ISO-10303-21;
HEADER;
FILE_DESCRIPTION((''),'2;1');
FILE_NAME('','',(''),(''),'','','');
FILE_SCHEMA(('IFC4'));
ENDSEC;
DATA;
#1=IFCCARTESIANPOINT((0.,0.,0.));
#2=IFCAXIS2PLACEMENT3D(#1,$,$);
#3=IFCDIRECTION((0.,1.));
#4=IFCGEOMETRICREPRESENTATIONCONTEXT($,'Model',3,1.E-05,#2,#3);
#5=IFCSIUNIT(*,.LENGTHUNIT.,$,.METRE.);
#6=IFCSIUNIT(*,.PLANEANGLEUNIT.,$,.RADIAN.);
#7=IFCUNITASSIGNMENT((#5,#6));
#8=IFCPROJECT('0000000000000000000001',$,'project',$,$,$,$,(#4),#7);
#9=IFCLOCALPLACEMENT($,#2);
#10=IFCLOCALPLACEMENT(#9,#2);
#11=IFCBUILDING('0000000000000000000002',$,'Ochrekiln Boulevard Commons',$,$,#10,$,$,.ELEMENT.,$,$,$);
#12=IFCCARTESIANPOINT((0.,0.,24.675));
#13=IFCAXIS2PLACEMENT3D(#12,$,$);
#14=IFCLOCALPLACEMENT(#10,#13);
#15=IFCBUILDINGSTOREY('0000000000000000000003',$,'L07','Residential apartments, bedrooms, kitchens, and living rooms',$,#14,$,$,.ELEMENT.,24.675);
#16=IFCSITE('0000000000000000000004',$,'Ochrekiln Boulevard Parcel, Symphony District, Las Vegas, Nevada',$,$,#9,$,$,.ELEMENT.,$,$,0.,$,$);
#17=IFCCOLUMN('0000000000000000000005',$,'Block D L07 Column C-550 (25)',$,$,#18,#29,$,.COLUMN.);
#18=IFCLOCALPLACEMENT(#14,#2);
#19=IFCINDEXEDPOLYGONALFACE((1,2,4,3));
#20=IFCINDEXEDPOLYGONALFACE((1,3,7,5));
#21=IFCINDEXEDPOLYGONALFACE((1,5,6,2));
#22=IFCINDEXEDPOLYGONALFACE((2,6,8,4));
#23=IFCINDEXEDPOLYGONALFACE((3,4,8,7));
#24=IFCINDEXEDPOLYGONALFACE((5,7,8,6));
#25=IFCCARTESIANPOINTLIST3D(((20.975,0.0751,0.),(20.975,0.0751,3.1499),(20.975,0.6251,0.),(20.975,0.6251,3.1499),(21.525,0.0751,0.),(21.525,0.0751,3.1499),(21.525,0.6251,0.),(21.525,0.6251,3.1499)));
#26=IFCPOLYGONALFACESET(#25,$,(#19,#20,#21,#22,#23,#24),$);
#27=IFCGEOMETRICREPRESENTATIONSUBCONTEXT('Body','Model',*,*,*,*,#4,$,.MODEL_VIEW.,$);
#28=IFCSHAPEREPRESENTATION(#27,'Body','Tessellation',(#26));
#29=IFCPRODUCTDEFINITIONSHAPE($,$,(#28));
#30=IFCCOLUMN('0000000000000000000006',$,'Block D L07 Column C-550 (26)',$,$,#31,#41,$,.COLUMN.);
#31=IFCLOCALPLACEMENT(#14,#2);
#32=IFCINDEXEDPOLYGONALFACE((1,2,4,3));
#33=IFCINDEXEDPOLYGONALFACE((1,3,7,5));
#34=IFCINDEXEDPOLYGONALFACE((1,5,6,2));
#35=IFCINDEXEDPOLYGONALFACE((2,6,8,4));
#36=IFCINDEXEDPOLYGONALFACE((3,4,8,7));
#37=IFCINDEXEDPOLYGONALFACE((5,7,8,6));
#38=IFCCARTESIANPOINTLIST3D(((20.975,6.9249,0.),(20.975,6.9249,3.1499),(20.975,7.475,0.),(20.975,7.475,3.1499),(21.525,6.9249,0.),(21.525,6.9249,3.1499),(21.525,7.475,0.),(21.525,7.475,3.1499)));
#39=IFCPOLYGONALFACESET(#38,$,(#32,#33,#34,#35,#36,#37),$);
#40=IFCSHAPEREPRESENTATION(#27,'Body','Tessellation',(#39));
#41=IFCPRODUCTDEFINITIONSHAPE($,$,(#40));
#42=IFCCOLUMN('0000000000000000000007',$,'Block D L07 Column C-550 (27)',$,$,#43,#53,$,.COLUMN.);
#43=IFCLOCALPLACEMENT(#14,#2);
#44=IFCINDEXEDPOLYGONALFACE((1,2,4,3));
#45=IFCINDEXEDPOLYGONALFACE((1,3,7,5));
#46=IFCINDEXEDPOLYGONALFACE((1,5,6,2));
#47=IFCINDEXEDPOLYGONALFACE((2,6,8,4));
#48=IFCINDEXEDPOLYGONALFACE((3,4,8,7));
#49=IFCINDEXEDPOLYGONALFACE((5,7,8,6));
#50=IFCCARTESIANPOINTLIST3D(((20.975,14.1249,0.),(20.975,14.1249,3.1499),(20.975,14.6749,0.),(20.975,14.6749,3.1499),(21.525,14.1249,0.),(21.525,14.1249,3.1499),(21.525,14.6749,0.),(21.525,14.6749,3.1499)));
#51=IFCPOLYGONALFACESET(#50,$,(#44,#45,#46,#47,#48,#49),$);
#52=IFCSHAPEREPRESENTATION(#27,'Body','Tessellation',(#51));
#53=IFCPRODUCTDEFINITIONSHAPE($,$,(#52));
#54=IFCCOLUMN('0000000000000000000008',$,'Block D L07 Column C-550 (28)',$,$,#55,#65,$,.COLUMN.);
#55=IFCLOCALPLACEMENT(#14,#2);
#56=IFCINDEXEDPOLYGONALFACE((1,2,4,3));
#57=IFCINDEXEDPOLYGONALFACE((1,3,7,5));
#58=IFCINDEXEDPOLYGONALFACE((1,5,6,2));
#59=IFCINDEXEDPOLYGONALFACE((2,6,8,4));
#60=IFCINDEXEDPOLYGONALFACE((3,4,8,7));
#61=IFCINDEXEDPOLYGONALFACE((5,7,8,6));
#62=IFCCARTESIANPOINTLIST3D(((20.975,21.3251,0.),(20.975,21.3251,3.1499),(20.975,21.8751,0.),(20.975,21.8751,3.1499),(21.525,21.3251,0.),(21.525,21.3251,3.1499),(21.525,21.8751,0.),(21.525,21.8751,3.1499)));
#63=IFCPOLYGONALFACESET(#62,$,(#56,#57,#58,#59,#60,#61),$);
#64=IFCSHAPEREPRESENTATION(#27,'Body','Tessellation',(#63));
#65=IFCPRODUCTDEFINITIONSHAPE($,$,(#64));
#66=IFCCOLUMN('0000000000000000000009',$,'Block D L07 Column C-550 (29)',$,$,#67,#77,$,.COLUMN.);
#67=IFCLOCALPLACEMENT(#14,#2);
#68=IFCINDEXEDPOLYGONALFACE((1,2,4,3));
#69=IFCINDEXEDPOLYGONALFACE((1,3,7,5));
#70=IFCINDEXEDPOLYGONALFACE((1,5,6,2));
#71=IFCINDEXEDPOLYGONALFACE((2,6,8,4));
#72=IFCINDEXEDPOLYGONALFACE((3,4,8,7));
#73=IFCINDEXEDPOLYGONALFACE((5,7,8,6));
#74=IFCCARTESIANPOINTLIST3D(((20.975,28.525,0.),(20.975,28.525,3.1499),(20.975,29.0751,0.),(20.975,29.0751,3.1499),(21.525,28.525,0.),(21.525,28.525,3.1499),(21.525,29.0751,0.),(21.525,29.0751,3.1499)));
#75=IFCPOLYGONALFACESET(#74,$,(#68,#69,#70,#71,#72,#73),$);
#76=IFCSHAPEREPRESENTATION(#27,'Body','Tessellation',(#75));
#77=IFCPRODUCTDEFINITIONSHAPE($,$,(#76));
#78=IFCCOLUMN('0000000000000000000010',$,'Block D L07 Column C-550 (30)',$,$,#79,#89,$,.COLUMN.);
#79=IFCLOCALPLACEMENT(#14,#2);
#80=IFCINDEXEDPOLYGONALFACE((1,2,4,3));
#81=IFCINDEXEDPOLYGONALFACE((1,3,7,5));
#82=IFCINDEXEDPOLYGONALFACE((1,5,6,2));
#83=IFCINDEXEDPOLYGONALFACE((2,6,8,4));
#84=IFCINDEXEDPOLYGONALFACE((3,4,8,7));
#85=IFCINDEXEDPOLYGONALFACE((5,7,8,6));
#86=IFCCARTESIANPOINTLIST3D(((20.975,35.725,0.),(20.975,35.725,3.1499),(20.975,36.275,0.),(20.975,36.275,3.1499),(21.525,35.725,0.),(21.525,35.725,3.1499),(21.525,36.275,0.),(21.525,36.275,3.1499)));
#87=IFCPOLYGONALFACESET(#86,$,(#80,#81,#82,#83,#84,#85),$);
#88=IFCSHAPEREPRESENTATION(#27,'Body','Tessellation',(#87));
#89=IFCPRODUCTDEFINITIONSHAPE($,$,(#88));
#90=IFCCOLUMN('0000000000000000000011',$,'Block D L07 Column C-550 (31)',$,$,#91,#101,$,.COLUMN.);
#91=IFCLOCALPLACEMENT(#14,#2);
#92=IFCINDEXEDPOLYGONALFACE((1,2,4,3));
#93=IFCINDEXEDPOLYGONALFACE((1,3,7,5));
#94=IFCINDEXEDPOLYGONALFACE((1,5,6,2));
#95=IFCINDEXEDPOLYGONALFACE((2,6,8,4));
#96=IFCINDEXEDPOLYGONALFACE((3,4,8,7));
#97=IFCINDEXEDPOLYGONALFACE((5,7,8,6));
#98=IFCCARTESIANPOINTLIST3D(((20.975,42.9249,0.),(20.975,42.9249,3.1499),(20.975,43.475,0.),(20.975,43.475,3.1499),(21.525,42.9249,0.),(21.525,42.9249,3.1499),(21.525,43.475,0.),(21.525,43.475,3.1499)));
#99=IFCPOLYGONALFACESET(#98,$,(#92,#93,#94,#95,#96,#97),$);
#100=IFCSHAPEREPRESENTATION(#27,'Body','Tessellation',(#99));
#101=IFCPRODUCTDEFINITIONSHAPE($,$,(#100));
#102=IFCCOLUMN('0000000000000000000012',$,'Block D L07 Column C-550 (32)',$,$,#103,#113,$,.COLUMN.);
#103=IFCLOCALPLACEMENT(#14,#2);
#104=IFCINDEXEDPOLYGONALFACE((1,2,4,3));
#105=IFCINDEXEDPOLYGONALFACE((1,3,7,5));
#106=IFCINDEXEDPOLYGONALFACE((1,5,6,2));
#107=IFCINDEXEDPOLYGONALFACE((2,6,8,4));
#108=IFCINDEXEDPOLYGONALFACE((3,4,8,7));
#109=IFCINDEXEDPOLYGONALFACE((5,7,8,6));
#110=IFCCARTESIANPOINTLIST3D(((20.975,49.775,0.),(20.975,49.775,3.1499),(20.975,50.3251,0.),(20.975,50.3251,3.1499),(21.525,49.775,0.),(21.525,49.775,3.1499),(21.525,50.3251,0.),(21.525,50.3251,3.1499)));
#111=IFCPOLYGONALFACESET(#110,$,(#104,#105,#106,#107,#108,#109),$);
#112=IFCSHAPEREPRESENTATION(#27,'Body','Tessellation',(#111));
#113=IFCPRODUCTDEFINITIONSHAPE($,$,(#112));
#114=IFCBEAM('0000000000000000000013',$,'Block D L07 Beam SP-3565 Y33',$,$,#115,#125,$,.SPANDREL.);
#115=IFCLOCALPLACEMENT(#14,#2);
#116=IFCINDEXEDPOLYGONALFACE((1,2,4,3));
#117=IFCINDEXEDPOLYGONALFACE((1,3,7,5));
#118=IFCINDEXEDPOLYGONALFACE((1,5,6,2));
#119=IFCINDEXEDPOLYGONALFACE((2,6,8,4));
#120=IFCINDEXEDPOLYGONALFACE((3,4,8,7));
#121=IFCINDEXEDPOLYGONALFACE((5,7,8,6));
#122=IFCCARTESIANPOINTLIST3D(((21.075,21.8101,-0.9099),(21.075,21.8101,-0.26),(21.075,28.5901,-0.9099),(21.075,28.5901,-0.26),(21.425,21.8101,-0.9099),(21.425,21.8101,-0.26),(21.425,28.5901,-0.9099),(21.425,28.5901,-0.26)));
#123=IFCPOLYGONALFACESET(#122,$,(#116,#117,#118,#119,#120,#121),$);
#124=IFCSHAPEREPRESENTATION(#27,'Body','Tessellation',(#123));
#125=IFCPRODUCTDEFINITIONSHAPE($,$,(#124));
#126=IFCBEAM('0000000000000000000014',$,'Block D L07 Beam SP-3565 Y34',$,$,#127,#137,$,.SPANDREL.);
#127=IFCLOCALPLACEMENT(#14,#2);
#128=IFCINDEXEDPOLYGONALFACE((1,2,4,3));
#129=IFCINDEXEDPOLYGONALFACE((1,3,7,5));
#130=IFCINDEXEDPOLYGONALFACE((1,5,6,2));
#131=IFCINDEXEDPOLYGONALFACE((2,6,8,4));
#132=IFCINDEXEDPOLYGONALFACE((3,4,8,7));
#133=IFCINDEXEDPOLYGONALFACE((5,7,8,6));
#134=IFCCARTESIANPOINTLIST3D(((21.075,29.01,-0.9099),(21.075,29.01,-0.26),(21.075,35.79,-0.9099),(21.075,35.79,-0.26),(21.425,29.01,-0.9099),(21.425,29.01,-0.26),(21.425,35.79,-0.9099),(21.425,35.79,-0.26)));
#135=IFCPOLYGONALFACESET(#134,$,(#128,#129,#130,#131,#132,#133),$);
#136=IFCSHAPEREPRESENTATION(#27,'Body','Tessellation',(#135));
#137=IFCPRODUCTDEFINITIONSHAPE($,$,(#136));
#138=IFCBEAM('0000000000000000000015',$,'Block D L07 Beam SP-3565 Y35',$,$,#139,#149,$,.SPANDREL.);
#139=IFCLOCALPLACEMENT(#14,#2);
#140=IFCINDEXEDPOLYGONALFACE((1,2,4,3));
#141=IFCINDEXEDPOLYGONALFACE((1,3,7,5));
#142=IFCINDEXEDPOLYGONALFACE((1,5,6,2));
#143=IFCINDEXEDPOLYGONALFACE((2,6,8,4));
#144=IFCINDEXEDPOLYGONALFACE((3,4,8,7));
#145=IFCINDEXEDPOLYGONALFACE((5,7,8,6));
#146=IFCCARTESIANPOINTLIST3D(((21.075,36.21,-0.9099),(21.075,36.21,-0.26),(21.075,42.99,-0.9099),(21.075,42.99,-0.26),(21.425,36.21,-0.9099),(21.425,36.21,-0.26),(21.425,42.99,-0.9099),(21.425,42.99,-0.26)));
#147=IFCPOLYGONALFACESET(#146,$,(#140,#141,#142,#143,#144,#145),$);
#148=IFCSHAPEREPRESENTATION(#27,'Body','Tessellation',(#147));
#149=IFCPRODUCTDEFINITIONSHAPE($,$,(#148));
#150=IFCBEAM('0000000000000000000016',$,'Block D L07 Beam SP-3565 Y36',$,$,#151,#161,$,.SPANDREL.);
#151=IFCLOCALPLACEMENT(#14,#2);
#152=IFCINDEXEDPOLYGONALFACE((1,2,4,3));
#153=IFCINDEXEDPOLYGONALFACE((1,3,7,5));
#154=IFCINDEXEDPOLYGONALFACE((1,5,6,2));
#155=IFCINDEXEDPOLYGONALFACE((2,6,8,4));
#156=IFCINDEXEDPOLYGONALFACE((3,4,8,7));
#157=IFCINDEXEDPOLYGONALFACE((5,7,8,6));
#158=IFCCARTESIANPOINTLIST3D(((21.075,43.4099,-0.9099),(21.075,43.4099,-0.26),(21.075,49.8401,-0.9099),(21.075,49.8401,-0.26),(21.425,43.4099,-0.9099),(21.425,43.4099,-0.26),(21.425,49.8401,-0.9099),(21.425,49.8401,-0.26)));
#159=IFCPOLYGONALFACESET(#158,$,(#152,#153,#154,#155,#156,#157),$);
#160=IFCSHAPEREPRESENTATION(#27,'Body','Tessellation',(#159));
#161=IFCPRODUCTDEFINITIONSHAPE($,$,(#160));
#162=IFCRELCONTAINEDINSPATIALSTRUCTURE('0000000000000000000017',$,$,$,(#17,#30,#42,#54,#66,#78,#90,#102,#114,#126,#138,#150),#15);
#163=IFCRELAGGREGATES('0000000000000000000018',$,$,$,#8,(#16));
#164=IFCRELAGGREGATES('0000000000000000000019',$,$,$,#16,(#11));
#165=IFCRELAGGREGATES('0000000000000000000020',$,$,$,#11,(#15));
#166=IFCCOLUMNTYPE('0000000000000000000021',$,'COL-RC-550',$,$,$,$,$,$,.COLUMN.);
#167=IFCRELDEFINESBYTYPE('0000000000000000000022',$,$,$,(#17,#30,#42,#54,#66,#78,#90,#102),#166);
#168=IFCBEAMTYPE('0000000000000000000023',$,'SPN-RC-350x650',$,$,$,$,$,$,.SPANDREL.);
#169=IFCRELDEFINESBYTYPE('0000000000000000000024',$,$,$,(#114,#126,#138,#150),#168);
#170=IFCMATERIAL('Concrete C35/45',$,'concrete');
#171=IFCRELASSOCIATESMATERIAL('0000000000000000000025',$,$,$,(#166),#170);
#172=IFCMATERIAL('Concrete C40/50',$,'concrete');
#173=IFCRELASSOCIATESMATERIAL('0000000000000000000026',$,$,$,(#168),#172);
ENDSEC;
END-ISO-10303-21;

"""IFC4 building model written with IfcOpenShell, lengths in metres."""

from ifc_helpers import new_model, si_unit, direction, frame, origin, origin_2d, place, context, subcontext, project, spatial, rectangle, extrude, material, material_profile, profile_set, type_object, element, save


model = new_model("IFC4")

# Units and contexts
model_context = context("Model", 3, precision=1e-05, world=origin(), true_north=direction((0.0, 1.0)))
body_context = subcontext(model_context, "Body", "Model", "MODEL_VIEW")
ifc_project = project(units=[si_unit("LENGTHUNIT", "METRE"), si_unit("PLANEANGLEUNIT", "RADIAN")], contexts=[model_context])

# Site, building, storey
site_placement = place(None, origin())
site = spatial("IfcSite", under=ifc_project, at=site_placement, Name="Ochrekiln Boulevard Parcel, Symphony District, Las Vegas, Nevada", CompositionType="ELEMENT", RefElevation=0.0)
building_placement = place(site_placement, origin())
building = spatial("IfcBuilding", under=site, at=building_placement, Name="Ochrekiln Boulevard Commons", CompositionType="ELEMENT")
storey_placement = place(building_placement, frame((0.0, 0.0, 24.675)))
storey = spatial("IfcBuildingStorey", under=building, at=storey_placement, Name="L07", Description="Residential apartments, bedrooms, kitchens, and living rooms", CompositionType="ELEMENT", Elevation=24.675)

# Columns
ifc_material_1 = material(Name="Concrete C35/45", Category="concrete")
ifc_material_profile_1 = material_profile(ifc_material_1, rectangle(XDim=0.55, YDim=0.55, at=origin_2d()), Name="RC-COL-550x550")
ifc_profile_set_1 = profile_set([ifc_material_profile_1], Name="Concrete C35/45")
column_type = type_object("IfcColumnType", Name="COL-RC-550", PredefinedType="COLUMN", material=ifc_profile_set_1)
for number, where, z_axis, x_axis, name in (
    (1, (21.25, 0.3501, 0.0), (0.0, 0.0, 1.0), (1.0, 0.0, 0.0), "Block D L07 Column C-550 (25)"),
    (2, (21.25, 7.2, 0.0), (0.0, 0.0, 1.0), (1.0, 0.0, 0.0), "Block D L07 Column C-550 (26)"),
    (3, (21.25, 14.3999, 0.0), (0.0, 0.0, 1.0), (1.0, 0.0, 0.0), "Block D L07 Column C-550 (27)"),
    (4, (21.25, 21.6001, 0.0), (0.0, 0.0, 1.0), (1.0, 0.0, 0.0), "Block D L07 Column C-550 (28)"),
    (5, (21.25, 28.8, 0.0), (0.0, 0.0, 1.0), (1.0, 0.0, 0.0), "Block D L07 Column C-550 (29)"),
    (6, (21.25, 36.0, 0.0), (0.0, 0.0, 1.0), (1.0, 0.0, 0.0), "Block D L07 Column C-550 (30)"),
    (7, (21.25, 43.2, 0.0), (0.0, 0.0, 1.0), (1.0, 0.0, 0.0), "Block D L07 Column C-550 (31)"),
    (8, (21.25, 50.05, 0.0), (0.0, 0.0, 1.0), (1.0, 0.0, 0.0), "Block D L07 Column C-550 (32)"),
):
    element("IfcColumn", number, at=place(storey_placement, frame(where, z_axis=z_axis, x_axis=x_axis)), inside=storey, type_object=column_type, Name=name, PredefinedType="COLUMN", context=body_context, shape_type="SweptSolid", body=[
        extrude(rectangle(XDim=0.55, YDim=0.55, at=origin_2d()), origin(), (0.0, 0.0, 1.0), 3.1499),
    ])

# Beams
ifc_material_2 = material(Name="Concrete C40/50", Category="concrete")
ifc_material_profile_2 = material_profile(ifc_material_2, rectangle(XDim=0.3501, YDim=0.6499, at=origin_2d()), Name="RC-SPN-350x650")
ifc_profile_set_2 = profile_set([ifc_material_profile_2], Name="Concrete C40/50")
beam_type = type_object("IfcBeamType", Name="SPN-RC-350x650", PredefinedType="SPANDREL", material=ifc_profile_set_2)
for number, where, z_axis, x_axis, name in (
    (9, (21.25, 21.8101, -0.585), (0.0, 1.0, 0.0), (-1.0, 0.0, 0.0), "Block D L07 Beam SP-3565 Y33"),
    (10, (21.25, 29.01, -0.585), (0.0, 1.0, 0.0), (-1.0, 0.0, 0.0), "Block D L07 Beam SP-3565 Y34"),
    (11, (21.25, 36.21, -0.585), (0.0, 1.0, 0.0), (-1.0, 0.0, 0.0), "Block D L07 Beam SP-3565 Y35"),
):
    element("IfcBeam", number, at=place(storey_placement, frame(where, z_axis=z_axis, x_axis=x_axis)), inside=storey, type_object=beam_type, Name=name, PredefinedType="SPANDREL", context=body_context, shape_type="SweptSolid", body=[
        extrude(rectangle(XDim=0.3501, YDim=0.6499, at=origin_2d()), origin(), (0.0, 0.0, 1.0), 6.78),
    ])
beam_placement = place(storey_placement, frame((21.25, 43.4099, -0.585), z_axis=(0.0, 1.0, 0.0), x_axis=(-1.0, 0.0, 0.0)))
element("IfcBeam", 12, at=beam_placement, inside=storey, type_object=beam_type, Name="Block D L07 Beam SP-3565 Y36", PredefinedType="SPANDREL", context=body_context, shape_type="SweptSolid", body=[
    extrude(rectangle(XDim=0.3501, YDim=0.6499, at=origin_2d()), origin(), (0.0, 0.0, 1.0), 6.4302),
])

save(model, "model.ifc")
